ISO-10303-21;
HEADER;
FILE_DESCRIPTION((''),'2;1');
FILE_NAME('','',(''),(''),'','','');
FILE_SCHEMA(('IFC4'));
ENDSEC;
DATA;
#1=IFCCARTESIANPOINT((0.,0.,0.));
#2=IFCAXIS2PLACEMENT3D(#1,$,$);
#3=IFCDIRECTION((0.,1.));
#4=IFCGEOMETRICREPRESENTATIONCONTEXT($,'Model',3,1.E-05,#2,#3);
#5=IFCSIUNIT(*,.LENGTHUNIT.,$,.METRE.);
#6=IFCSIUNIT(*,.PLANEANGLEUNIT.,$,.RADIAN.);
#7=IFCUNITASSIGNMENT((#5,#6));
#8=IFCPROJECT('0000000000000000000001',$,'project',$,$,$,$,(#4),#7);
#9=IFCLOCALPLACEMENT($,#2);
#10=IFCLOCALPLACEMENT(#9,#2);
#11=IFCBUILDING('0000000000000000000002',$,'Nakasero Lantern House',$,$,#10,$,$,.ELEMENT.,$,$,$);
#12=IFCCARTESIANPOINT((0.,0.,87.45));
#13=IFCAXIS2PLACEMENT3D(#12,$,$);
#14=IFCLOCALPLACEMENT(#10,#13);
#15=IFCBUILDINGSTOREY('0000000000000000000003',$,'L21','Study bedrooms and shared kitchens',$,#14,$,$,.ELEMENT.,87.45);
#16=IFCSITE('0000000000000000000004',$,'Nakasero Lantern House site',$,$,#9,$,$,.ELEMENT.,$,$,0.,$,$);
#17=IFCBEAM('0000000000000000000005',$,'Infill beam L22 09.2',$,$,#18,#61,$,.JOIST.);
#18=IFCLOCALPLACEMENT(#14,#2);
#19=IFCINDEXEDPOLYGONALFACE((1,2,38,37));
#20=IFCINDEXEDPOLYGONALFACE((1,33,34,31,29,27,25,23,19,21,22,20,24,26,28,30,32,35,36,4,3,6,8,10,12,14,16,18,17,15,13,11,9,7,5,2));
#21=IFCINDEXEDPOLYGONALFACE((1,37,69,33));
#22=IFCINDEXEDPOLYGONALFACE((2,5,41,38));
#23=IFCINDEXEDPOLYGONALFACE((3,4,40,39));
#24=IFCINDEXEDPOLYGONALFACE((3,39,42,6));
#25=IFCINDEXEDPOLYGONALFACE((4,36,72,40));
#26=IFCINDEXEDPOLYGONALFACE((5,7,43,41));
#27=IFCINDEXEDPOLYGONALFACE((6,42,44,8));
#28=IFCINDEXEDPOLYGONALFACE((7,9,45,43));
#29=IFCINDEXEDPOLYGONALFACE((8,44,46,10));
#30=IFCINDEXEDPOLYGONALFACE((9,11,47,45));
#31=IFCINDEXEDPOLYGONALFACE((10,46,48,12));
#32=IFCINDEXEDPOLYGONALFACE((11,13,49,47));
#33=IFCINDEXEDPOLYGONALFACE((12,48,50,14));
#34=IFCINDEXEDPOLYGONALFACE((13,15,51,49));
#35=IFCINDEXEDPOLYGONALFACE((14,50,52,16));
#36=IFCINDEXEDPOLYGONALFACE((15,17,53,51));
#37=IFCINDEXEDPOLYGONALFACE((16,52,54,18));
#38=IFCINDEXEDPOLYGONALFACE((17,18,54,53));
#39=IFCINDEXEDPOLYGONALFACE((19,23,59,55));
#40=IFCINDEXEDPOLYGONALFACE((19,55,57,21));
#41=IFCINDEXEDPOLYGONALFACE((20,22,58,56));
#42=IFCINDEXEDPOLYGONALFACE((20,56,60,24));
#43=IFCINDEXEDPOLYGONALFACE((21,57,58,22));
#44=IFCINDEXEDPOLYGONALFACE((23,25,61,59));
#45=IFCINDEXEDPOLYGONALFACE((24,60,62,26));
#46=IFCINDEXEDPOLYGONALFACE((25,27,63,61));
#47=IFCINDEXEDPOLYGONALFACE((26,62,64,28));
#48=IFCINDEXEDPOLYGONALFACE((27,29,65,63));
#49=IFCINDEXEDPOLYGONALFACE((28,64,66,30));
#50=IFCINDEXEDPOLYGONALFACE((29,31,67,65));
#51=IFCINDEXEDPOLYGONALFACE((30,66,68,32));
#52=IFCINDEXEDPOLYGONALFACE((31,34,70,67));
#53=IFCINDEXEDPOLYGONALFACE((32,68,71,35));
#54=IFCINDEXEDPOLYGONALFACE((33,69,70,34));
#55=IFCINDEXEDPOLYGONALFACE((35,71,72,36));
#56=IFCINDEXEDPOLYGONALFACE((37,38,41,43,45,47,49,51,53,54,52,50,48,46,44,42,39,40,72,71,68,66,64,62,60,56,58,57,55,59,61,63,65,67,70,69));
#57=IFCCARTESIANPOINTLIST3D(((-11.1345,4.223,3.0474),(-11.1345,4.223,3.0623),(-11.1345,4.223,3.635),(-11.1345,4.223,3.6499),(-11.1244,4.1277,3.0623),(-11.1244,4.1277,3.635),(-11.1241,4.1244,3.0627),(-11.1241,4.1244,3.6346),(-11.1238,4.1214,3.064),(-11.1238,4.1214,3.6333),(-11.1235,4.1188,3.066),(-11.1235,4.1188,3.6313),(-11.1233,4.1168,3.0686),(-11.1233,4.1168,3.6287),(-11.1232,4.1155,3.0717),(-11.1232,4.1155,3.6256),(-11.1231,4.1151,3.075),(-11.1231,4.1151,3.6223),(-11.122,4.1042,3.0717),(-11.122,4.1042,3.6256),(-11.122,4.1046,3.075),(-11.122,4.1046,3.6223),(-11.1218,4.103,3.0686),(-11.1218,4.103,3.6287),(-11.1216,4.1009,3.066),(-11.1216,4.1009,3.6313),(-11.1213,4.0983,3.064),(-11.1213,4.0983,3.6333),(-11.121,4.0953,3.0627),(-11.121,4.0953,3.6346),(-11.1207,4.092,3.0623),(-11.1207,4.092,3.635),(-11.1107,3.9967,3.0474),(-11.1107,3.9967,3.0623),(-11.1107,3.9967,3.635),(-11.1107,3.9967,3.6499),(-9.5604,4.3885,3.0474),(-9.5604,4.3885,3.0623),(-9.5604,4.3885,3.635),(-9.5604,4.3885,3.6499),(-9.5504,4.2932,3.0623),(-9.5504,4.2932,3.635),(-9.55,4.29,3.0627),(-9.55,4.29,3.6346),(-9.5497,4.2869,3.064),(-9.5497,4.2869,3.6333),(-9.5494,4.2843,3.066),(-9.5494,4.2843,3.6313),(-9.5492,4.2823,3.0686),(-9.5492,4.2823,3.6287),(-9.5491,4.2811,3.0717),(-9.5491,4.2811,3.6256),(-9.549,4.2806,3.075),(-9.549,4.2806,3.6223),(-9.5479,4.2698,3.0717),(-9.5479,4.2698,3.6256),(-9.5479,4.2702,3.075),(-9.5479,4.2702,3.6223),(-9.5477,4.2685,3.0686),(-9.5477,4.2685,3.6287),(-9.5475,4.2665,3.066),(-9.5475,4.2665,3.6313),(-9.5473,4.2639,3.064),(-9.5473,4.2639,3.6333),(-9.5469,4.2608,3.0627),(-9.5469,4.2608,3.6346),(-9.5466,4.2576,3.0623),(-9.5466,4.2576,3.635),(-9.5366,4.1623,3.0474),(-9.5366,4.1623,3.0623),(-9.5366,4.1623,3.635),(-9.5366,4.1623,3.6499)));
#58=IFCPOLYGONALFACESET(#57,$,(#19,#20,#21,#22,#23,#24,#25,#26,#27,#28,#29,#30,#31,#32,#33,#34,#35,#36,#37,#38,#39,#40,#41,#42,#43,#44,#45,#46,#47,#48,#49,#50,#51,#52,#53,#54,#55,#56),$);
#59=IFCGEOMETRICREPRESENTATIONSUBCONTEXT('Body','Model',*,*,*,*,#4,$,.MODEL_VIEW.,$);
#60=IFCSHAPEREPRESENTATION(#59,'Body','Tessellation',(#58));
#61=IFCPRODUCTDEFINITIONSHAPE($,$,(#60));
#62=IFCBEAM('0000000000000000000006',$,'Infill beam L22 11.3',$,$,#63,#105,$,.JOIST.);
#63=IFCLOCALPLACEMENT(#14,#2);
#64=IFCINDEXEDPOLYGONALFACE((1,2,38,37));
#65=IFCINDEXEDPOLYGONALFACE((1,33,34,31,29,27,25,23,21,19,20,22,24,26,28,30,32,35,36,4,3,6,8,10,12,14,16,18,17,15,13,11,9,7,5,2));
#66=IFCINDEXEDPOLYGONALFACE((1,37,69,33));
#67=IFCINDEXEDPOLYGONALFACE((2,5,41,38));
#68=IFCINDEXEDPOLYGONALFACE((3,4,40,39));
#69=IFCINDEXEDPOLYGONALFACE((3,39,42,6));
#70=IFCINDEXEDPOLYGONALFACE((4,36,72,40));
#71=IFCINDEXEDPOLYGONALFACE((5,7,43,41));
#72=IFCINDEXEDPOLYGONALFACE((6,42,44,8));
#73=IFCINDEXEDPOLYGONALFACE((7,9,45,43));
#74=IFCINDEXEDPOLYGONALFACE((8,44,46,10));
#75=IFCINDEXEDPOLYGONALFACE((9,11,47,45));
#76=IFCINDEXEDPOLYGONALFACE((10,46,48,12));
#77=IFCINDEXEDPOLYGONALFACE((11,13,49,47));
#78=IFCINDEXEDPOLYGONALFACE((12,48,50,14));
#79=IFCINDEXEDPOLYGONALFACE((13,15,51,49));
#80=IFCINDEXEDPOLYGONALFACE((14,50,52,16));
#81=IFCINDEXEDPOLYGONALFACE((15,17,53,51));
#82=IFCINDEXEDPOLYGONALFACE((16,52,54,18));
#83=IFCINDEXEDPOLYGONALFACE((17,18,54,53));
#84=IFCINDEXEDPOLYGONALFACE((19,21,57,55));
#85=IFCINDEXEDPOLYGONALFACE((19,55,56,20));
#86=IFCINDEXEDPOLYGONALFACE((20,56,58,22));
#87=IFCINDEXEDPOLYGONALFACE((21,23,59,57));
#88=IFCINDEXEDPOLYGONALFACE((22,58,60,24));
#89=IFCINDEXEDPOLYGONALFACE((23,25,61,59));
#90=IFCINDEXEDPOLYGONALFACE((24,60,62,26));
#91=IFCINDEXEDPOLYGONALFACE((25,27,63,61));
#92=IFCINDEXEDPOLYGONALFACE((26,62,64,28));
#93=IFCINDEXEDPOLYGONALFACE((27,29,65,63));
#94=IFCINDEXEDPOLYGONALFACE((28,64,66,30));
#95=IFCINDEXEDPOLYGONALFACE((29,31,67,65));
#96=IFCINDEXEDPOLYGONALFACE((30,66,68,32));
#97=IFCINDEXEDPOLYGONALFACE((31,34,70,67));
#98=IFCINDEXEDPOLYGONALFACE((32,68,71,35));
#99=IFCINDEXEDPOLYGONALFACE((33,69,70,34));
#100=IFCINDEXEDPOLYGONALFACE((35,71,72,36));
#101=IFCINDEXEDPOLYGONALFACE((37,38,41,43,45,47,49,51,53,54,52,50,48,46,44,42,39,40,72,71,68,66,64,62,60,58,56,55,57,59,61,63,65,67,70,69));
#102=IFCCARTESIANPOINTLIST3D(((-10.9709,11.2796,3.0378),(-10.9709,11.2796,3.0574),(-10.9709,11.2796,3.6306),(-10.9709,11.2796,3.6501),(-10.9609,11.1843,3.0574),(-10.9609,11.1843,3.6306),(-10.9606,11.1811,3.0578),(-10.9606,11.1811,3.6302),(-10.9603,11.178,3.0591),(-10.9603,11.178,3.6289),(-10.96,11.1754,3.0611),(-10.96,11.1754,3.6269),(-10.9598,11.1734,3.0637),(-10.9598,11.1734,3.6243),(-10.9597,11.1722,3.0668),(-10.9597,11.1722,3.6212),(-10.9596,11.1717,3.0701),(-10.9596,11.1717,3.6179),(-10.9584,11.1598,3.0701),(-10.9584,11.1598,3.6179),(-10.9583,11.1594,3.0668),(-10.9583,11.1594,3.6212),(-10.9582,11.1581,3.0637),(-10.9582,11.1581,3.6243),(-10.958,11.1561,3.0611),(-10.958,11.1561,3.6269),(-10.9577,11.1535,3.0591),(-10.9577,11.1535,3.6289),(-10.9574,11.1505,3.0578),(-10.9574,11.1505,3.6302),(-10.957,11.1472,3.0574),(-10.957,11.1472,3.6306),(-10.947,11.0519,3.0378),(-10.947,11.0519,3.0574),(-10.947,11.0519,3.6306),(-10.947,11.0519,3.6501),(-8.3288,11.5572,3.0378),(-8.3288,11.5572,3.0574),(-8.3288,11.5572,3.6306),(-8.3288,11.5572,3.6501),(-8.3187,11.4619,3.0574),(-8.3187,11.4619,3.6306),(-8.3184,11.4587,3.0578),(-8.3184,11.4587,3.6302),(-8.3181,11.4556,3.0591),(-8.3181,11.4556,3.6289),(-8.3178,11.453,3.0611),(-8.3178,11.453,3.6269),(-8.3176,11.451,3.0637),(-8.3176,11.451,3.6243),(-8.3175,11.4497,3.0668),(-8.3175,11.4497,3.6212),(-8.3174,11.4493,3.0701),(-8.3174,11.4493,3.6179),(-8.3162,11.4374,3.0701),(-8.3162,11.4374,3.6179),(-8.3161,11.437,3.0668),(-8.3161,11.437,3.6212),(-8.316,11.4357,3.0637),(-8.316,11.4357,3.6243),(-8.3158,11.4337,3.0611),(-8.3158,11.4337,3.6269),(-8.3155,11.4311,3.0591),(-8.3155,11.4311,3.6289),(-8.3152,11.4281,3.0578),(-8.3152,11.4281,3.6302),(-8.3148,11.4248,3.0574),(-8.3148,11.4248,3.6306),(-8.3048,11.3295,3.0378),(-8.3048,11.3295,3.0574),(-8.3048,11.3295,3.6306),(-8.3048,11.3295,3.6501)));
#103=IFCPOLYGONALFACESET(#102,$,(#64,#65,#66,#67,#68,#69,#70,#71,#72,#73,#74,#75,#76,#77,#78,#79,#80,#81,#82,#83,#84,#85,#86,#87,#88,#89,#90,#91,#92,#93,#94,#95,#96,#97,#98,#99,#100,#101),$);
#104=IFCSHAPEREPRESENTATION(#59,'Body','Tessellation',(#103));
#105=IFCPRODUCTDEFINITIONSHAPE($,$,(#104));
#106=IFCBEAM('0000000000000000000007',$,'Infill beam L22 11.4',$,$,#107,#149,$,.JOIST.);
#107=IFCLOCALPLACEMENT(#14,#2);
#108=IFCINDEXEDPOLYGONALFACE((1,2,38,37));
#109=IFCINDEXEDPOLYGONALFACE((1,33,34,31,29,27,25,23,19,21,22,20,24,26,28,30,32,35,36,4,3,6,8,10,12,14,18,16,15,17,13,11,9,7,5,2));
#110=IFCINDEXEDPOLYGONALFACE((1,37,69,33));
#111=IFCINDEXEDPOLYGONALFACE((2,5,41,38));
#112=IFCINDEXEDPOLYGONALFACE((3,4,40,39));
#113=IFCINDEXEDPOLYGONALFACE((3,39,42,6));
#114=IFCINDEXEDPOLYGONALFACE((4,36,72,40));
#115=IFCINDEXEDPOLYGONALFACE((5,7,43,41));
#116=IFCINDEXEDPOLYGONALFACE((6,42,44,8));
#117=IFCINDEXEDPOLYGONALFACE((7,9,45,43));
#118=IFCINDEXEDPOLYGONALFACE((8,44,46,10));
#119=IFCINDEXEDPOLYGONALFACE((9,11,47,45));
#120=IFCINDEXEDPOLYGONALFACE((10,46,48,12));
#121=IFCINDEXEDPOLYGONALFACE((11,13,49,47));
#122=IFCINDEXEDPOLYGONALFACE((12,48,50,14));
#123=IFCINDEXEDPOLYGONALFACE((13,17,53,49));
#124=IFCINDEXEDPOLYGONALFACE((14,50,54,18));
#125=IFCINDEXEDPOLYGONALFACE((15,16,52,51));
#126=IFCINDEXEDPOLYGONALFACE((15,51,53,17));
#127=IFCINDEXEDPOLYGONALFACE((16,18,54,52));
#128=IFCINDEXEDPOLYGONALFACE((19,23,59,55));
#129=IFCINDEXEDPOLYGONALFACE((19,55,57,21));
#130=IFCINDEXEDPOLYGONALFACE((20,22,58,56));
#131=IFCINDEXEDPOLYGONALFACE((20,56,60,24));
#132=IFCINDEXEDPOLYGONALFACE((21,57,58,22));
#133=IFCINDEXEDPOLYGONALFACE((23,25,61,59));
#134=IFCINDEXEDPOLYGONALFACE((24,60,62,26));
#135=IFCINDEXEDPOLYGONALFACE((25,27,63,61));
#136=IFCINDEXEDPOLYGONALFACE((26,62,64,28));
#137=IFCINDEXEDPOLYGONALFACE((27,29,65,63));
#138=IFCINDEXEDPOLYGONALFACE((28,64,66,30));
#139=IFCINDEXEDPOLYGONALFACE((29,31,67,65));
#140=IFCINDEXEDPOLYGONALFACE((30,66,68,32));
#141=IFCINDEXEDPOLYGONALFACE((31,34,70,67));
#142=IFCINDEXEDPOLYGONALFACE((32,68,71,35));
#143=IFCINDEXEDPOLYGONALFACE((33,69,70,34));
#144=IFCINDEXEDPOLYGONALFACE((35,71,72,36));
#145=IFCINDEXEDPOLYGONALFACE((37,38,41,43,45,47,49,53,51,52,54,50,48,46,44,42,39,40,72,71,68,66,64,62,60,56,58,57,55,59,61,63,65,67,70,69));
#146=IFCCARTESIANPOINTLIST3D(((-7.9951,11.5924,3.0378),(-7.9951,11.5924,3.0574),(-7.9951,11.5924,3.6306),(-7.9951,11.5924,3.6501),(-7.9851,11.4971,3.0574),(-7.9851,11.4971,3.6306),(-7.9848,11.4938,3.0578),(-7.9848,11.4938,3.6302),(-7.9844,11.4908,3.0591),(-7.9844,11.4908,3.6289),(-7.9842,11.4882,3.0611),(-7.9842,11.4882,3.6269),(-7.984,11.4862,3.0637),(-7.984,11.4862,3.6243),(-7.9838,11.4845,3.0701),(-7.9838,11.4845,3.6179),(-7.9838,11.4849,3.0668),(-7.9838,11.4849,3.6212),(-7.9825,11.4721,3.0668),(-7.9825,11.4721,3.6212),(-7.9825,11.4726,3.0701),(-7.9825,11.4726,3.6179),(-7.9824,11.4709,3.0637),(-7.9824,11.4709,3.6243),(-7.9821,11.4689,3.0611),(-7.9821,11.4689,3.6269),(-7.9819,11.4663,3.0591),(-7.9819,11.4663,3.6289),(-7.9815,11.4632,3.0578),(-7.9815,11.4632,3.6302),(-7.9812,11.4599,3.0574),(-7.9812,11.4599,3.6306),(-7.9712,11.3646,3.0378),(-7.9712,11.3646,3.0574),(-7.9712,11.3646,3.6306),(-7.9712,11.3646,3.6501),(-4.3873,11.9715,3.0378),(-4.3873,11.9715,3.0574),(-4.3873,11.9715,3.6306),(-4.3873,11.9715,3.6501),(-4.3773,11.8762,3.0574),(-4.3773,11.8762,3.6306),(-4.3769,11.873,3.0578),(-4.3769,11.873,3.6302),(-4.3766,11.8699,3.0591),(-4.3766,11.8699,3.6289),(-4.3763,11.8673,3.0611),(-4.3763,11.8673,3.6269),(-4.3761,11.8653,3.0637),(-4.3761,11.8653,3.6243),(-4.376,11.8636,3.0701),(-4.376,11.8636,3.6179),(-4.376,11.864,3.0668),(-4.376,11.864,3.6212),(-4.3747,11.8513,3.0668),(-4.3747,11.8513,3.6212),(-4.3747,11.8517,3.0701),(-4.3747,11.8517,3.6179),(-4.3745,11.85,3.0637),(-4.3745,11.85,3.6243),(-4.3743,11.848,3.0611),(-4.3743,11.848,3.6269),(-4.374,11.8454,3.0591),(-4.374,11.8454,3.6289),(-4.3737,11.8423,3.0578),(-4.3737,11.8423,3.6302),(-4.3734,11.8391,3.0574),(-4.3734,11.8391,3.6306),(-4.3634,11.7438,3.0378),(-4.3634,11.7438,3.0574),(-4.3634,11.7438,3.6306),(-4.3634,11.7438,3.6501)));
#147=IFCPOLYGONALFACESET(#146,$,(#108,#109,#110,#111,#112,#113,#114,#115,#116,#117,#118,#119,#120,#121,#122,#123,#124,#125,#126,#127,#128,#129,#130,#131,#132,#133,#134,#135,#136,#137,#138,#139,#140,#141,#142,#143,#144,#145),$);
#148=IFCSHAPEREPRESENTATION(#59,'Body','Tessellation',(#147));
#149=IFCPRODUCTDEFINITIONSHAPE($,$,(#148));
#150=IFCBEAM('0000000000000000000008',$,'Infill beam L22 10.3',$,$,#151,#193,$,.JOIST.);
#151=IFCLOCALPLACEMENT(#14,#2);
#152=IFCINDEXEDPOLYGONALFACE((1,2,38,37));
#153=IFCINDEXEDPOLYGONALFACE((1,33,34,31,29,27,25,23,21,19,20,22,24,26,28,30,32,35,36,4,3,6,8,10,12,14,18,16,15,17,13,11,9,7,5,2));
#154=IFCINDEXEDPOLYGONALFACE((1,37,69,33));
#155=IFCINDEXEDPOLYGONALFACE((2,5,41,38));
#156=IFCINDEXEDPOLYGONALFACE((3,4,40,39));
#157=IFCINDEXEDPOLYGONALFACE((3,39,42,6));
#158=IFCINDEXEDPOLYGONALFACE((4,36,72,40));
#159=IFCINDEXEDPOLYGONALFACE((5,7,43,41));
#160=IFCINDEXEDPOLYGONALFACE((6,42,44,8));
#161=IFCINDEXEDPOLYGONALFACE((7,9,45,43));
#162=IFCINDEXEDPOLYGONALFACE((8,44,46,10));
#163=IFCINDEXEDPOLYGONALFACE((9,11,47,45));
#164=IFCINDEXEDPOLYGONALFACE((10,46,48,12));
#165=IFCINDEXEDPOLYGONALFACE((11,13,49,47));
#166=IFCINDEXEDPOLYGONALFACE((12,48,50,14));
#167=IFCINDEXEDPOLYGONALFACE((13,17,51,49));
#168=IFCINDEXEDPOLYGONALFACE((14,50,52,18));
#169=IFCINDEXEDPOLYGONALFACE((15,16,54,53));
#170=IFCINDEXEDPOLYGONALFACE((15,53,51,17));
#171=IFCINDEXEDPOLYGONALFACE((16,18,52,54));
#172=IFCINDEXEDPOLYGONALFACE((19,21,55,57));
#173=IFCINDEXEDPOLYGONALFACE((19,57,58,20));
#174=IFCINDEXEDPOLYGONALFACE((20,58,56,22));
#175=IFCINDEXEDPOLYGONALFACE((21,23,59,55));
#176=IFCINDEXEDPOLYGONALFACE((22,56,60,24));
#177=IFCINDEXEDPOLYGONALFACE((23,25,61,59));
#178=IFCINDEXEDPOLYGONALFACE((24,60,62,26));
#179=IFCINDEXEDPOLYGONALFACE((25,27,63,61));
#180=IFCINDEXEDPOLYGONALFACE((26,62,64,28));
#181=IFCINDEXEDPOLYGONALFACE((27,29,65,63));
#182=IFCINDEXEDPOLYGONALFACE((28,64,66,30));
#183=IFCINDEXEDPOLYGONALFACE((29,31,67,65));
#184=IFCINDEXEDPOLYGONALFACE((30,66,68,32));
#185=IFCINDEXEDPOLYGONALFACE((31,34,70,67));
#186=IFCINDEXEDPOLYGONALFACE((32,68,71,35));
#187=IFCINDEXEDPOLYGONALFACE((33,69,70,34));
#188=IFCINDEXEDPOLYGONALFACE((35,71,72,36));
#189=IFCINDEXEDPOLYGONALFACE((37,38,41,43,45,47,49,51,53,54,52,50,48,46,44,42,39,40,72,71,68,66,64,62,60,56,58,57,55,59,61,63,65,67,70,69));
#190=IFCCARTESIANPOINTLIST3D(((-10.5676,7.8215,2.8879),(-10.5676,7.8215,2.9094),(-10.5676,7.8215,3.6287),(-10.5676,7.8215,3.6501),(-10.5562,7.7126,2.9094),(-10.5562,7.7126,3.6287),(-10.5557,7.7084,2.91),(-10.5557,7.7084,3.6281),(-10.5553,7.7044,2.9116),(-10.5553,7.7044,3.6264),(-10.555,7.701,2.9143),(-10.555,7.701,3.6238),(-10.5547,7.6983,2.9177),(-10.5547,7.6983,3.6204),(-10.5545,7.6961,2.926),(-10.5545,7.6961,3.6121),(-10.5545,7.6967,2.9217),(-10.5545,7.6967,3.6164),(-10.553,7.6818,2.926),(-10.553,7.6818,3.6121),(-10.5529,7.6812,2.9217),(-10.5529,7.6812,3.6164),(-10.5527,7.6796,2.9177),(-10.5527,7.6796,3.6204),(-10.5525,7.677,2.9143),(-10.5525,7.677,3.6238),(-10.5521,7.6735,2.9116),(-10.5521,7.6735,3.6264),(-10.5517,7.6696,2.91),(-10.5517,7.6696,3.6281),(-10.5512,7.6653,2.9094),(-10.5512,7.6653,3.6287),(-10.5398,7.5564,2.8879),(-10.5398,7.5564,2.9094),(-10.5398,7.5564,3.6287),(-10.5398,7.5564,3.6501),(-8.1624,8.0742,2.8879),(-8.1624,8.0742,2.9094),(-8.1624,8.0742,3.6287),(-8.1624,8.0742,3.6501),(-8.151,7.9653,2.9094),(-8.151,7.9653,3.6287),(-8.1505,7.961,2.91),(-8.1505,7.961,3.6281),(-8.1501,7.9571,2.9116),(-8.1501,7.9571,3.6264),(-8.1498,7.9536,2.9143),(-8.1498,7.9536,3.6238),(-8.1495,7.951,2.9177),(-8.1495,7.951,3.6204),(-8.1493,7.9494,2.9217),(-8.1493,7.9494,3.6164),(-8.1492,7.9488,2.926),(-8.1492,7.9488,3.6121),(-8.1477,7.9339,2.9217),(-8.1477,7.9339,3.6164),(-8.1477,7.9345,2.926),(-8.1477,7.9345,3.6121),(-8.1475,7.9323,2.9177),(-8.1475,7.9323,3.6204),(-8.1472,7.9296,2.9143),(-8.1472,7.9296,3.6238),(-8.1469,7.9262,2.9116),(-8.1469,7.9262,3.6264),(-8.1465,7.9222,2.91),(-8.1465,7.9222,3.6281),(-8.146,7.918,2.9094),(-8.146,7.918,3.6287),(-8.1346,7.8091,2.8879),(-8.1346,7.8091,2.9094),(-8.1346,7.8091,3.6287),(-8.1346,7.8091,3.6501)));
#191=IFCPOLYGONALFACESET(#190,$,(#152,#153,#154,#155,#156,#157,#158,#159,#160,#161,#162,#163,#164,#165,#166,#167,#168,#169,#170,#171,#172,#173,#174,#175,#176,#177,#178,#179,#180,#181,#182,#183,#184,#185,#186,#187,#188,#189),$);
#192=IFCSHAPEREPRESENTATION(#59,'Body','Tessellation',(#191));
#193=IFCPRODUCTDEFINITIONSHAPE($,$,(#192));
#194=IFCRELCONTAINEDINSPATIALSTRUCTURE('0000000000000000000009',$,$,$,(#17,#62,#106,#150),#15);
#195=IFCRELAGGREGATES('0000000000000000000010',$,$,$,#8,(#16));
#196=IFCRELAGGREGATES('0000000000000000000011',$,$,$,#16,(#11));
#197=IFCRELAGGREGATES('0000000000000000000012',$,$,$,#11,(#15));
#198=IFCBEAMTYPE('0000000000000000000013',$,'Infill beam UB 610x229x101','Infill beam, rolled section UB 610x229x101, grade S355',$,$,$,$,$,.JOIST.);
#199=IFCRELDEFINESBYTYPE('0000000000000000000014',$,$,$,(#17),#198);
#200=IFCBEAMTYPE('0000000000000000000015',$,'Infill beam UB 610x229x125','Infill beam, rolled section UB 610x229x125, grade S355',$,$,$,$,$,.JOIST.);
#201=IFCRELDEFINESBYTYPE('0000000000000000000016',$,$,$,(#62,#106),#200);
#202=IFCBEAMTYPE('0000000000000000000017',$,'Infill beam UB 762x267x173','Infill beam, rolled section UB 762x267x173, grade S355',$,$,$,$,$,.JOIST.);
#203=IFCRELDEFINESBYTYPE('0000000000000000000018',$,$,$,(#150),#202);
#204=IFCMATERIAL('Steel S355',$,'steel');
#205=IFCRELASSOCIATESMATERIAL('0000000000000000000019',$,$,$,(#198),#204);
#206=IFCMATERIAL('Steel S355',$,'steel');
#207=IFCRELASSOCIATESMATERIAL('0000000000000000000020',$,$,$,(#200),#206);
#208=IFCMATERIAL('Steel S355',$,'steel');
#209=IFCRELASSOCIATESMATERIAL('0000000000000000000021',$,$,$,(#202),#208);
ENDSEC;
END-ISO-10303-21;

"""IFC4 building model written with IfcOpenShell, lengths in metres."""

from ifc_helpers import new_model, si_unit, direction, frame, origin, origin_2d, place, context, subcontext, project, spatial, i_section, extrude, material, material_profile, profile_set, type_object, element, save


model = new_model("IFC4")

# Units and contexts
model_context = context("Model", 3, precision=1e-05, world=origin(), true_north=direction((0.0, 1.0)))
body_context = subcontext(model_context, "Body", "Model", "MODEL_VIEW")
ifc_project = project(units=[si_unit("LENGTHUNIT", "METRE"), si_unit("PLANEANGLEUNIT", "RADIAN")], contexts=[model_context])

# Site, building, storey
site_placement = place(None, origin())
site = spatial("IfcSite", under=ifc_project, at=site_placement, Name="Nakasero Lantern House site", CompositionType="ELEMENT", RefElevation=0.0)
building_placement = place(site_placement, origin())
building = spatial("IfcBuilding", under=site, at=building_placement, Name="Nakasero Lantern House", CompositionType="ELEMENT")
storey_placement = place(building_placement, frame((0.0, 0.0, 87.45)))
storey = spatial("IfcBuildingStorey", under=building, at=storey_placement, Name="L21", Description="Study bedrooms and shared kitchens", CompositionType="ELEMENT", Elevation=87.45)

# Beams
ifc_material_1 = material(Name="Steel S355", Category="steel")
ifc_material_profile_1 = material_profile(ifc_material_1, i_section(OverallWidth=0.2275, OverallDepth=0.6025, WebThickness=0.0105, FlangeThickness=0.0149, FilletRadius=0.0127, at=origin_2d()), Name="UB 610x229x101")
ifc_profile_set_1 = profile_set([ifc_material_profile_1], Name="Steel S355")
beam_type_1 = type_object("IfcBeamType", Name="Infill beam UB 610x229x101", Description="Infill beam, rolled section UB 610x229x101, grade S355", PredefinedType="JOIST", material=ifc_profile_set_1)
beam_1_placement = place(storey_placement, frame((-11.1226, 4.1099, 3.3486), z_axis=(0.994516, 0.104588, 0.0), x_axis=(-0.104588, 0.994516, 0.0)))
element("IfcBeam", 1, at=beam_1_placement, inside=storey, type_object=beam_type_1, Name="Infill beam L22 09.2", PredefinedType="JOIST", context=body_context, shape_type="SweptSolid", body=[
    extrude(i_section(OverallWidth=0.2275, OverallDepth=0.6025, WebThickness=0.0105, FlangeThickness=0.0149, FilletRadius=0.0127, at=origin_2d()), origin(), (0.0, 0.0, 1.0), 1.5828),
])
ifc_material_2 = material(Name="Steel S355", Category="steel")
ifc_material_profile_2 = material_profile(ifc_material_2, i_section(OverallWidth=0.229, OverallDepth=0.6123, WebThickness=0.012, FlangeThickness=0.0195, FilletRadius=0.0127, at=origin_2d()), Name="UB 610x229x125")
ifc_profile_set_2 = profile_set([ifc_material_profile_2], Name="Steel S355")
beam_type_2 = type_object("IfcBeamType", Name="Infill beam UB 610x229x125", Description="Infill beam, rolled section UB 610x229x125, grade S355", PredefinedType="JOIST", material=ifc_profile_set_2)
beam_2_placement = place(storey_placement, frame((-10.959, 11.1658, 3.344), z_axis=(0.994526, 0.104489, 0.0), x_axis=(-0.104489, 0.994526, 0.0)))
element("IfcBeam", 2, at=beam_2_placement, inside=storey, type_object=beam_type_2, Name="Infill beam L22 11.3", PredefinedType="JOIST", context=body_context, shape_type="SweptSolid", body=[
    extrude(i_section(OverallWidth=0.229, OverallDepth=0.6123, WebThickness=0.012, FlangeThickness=0.0195, FilletRadius=0.0127, at=origin_2d()), origin(), (0.0, 0.0, 1.0), 2.6567),
])
beam_3_placement = place(storey_placement, frame((-7.9832, 11.4785, 3.344), z_axis=(0.994524, 0.104513, 0.0), x_axis=(-0.104513, 0.994524, 0.0)))
element("IfcBeam", 3, at=beam_3_placement, inside=storey, type_object=beam_type_2, Name="Infill beam L22 11.4", PredefinedType="JOIST", context=body_context, shape_type="SweptSolid", body=[
    extrude(i_section(OverallWidth=0.229, OverallDepth=0.6123, WebThickness=0.012, FlangeThickness=0.0195, FilletRadius=0.0127, at=origin_2d()), origin(), (0.0, 0.0, 1.0), 3.6277),
])
ifc_material_3 = material(Name="Steel S355", Category="steel")
ifc_material_profile_3 = material_profile(ifc_material_3, i_section(OverallWidth=0.2666, OverallDepth=0.7622, WebThickness=0.0144, FlangeThickness=0.0215, FilletRadius=0.0166, at=origin_2d()), Name="UB 762x267x173")
ifc_profile_set_3 = profile_set([ifc_material_profile_3], Name="Steel S355")
beam_type_3 = type_object("IfcBeamType", Name="Infill beam UB 762x267x173", Description="Infill beam, rolled section UB 762x267x173, grade S355", PredefinedType="JOIST", material=ifc_profile_set_3)
beam_4_placement = place(storey_placement, frame((-10.5537, 7.689, 3.269), z_axis=(0.994527, 0.10448, 0.0), x_axis=(-0.10448, 0.994527, 0.0)))
element("IfcBeam", 4, at=beam_4_placement, inside=storey, type_object=beam_type_3, Name="Infill beam L22 10.3", PredefinedType="JOIST", context=body_context, shape_type="SweptSolid", body=[
    extrude(i_section(OverallWidth=0.2666, OverallDepth=0.7622, WebThickness=0.0144, FlangeThickness=0.0215, FilletRadius=0.0166, at=origin_2d()), origin(), (0.0, 0.0, 1.0), 2.4185),
])

save(model, "model.ifc")
